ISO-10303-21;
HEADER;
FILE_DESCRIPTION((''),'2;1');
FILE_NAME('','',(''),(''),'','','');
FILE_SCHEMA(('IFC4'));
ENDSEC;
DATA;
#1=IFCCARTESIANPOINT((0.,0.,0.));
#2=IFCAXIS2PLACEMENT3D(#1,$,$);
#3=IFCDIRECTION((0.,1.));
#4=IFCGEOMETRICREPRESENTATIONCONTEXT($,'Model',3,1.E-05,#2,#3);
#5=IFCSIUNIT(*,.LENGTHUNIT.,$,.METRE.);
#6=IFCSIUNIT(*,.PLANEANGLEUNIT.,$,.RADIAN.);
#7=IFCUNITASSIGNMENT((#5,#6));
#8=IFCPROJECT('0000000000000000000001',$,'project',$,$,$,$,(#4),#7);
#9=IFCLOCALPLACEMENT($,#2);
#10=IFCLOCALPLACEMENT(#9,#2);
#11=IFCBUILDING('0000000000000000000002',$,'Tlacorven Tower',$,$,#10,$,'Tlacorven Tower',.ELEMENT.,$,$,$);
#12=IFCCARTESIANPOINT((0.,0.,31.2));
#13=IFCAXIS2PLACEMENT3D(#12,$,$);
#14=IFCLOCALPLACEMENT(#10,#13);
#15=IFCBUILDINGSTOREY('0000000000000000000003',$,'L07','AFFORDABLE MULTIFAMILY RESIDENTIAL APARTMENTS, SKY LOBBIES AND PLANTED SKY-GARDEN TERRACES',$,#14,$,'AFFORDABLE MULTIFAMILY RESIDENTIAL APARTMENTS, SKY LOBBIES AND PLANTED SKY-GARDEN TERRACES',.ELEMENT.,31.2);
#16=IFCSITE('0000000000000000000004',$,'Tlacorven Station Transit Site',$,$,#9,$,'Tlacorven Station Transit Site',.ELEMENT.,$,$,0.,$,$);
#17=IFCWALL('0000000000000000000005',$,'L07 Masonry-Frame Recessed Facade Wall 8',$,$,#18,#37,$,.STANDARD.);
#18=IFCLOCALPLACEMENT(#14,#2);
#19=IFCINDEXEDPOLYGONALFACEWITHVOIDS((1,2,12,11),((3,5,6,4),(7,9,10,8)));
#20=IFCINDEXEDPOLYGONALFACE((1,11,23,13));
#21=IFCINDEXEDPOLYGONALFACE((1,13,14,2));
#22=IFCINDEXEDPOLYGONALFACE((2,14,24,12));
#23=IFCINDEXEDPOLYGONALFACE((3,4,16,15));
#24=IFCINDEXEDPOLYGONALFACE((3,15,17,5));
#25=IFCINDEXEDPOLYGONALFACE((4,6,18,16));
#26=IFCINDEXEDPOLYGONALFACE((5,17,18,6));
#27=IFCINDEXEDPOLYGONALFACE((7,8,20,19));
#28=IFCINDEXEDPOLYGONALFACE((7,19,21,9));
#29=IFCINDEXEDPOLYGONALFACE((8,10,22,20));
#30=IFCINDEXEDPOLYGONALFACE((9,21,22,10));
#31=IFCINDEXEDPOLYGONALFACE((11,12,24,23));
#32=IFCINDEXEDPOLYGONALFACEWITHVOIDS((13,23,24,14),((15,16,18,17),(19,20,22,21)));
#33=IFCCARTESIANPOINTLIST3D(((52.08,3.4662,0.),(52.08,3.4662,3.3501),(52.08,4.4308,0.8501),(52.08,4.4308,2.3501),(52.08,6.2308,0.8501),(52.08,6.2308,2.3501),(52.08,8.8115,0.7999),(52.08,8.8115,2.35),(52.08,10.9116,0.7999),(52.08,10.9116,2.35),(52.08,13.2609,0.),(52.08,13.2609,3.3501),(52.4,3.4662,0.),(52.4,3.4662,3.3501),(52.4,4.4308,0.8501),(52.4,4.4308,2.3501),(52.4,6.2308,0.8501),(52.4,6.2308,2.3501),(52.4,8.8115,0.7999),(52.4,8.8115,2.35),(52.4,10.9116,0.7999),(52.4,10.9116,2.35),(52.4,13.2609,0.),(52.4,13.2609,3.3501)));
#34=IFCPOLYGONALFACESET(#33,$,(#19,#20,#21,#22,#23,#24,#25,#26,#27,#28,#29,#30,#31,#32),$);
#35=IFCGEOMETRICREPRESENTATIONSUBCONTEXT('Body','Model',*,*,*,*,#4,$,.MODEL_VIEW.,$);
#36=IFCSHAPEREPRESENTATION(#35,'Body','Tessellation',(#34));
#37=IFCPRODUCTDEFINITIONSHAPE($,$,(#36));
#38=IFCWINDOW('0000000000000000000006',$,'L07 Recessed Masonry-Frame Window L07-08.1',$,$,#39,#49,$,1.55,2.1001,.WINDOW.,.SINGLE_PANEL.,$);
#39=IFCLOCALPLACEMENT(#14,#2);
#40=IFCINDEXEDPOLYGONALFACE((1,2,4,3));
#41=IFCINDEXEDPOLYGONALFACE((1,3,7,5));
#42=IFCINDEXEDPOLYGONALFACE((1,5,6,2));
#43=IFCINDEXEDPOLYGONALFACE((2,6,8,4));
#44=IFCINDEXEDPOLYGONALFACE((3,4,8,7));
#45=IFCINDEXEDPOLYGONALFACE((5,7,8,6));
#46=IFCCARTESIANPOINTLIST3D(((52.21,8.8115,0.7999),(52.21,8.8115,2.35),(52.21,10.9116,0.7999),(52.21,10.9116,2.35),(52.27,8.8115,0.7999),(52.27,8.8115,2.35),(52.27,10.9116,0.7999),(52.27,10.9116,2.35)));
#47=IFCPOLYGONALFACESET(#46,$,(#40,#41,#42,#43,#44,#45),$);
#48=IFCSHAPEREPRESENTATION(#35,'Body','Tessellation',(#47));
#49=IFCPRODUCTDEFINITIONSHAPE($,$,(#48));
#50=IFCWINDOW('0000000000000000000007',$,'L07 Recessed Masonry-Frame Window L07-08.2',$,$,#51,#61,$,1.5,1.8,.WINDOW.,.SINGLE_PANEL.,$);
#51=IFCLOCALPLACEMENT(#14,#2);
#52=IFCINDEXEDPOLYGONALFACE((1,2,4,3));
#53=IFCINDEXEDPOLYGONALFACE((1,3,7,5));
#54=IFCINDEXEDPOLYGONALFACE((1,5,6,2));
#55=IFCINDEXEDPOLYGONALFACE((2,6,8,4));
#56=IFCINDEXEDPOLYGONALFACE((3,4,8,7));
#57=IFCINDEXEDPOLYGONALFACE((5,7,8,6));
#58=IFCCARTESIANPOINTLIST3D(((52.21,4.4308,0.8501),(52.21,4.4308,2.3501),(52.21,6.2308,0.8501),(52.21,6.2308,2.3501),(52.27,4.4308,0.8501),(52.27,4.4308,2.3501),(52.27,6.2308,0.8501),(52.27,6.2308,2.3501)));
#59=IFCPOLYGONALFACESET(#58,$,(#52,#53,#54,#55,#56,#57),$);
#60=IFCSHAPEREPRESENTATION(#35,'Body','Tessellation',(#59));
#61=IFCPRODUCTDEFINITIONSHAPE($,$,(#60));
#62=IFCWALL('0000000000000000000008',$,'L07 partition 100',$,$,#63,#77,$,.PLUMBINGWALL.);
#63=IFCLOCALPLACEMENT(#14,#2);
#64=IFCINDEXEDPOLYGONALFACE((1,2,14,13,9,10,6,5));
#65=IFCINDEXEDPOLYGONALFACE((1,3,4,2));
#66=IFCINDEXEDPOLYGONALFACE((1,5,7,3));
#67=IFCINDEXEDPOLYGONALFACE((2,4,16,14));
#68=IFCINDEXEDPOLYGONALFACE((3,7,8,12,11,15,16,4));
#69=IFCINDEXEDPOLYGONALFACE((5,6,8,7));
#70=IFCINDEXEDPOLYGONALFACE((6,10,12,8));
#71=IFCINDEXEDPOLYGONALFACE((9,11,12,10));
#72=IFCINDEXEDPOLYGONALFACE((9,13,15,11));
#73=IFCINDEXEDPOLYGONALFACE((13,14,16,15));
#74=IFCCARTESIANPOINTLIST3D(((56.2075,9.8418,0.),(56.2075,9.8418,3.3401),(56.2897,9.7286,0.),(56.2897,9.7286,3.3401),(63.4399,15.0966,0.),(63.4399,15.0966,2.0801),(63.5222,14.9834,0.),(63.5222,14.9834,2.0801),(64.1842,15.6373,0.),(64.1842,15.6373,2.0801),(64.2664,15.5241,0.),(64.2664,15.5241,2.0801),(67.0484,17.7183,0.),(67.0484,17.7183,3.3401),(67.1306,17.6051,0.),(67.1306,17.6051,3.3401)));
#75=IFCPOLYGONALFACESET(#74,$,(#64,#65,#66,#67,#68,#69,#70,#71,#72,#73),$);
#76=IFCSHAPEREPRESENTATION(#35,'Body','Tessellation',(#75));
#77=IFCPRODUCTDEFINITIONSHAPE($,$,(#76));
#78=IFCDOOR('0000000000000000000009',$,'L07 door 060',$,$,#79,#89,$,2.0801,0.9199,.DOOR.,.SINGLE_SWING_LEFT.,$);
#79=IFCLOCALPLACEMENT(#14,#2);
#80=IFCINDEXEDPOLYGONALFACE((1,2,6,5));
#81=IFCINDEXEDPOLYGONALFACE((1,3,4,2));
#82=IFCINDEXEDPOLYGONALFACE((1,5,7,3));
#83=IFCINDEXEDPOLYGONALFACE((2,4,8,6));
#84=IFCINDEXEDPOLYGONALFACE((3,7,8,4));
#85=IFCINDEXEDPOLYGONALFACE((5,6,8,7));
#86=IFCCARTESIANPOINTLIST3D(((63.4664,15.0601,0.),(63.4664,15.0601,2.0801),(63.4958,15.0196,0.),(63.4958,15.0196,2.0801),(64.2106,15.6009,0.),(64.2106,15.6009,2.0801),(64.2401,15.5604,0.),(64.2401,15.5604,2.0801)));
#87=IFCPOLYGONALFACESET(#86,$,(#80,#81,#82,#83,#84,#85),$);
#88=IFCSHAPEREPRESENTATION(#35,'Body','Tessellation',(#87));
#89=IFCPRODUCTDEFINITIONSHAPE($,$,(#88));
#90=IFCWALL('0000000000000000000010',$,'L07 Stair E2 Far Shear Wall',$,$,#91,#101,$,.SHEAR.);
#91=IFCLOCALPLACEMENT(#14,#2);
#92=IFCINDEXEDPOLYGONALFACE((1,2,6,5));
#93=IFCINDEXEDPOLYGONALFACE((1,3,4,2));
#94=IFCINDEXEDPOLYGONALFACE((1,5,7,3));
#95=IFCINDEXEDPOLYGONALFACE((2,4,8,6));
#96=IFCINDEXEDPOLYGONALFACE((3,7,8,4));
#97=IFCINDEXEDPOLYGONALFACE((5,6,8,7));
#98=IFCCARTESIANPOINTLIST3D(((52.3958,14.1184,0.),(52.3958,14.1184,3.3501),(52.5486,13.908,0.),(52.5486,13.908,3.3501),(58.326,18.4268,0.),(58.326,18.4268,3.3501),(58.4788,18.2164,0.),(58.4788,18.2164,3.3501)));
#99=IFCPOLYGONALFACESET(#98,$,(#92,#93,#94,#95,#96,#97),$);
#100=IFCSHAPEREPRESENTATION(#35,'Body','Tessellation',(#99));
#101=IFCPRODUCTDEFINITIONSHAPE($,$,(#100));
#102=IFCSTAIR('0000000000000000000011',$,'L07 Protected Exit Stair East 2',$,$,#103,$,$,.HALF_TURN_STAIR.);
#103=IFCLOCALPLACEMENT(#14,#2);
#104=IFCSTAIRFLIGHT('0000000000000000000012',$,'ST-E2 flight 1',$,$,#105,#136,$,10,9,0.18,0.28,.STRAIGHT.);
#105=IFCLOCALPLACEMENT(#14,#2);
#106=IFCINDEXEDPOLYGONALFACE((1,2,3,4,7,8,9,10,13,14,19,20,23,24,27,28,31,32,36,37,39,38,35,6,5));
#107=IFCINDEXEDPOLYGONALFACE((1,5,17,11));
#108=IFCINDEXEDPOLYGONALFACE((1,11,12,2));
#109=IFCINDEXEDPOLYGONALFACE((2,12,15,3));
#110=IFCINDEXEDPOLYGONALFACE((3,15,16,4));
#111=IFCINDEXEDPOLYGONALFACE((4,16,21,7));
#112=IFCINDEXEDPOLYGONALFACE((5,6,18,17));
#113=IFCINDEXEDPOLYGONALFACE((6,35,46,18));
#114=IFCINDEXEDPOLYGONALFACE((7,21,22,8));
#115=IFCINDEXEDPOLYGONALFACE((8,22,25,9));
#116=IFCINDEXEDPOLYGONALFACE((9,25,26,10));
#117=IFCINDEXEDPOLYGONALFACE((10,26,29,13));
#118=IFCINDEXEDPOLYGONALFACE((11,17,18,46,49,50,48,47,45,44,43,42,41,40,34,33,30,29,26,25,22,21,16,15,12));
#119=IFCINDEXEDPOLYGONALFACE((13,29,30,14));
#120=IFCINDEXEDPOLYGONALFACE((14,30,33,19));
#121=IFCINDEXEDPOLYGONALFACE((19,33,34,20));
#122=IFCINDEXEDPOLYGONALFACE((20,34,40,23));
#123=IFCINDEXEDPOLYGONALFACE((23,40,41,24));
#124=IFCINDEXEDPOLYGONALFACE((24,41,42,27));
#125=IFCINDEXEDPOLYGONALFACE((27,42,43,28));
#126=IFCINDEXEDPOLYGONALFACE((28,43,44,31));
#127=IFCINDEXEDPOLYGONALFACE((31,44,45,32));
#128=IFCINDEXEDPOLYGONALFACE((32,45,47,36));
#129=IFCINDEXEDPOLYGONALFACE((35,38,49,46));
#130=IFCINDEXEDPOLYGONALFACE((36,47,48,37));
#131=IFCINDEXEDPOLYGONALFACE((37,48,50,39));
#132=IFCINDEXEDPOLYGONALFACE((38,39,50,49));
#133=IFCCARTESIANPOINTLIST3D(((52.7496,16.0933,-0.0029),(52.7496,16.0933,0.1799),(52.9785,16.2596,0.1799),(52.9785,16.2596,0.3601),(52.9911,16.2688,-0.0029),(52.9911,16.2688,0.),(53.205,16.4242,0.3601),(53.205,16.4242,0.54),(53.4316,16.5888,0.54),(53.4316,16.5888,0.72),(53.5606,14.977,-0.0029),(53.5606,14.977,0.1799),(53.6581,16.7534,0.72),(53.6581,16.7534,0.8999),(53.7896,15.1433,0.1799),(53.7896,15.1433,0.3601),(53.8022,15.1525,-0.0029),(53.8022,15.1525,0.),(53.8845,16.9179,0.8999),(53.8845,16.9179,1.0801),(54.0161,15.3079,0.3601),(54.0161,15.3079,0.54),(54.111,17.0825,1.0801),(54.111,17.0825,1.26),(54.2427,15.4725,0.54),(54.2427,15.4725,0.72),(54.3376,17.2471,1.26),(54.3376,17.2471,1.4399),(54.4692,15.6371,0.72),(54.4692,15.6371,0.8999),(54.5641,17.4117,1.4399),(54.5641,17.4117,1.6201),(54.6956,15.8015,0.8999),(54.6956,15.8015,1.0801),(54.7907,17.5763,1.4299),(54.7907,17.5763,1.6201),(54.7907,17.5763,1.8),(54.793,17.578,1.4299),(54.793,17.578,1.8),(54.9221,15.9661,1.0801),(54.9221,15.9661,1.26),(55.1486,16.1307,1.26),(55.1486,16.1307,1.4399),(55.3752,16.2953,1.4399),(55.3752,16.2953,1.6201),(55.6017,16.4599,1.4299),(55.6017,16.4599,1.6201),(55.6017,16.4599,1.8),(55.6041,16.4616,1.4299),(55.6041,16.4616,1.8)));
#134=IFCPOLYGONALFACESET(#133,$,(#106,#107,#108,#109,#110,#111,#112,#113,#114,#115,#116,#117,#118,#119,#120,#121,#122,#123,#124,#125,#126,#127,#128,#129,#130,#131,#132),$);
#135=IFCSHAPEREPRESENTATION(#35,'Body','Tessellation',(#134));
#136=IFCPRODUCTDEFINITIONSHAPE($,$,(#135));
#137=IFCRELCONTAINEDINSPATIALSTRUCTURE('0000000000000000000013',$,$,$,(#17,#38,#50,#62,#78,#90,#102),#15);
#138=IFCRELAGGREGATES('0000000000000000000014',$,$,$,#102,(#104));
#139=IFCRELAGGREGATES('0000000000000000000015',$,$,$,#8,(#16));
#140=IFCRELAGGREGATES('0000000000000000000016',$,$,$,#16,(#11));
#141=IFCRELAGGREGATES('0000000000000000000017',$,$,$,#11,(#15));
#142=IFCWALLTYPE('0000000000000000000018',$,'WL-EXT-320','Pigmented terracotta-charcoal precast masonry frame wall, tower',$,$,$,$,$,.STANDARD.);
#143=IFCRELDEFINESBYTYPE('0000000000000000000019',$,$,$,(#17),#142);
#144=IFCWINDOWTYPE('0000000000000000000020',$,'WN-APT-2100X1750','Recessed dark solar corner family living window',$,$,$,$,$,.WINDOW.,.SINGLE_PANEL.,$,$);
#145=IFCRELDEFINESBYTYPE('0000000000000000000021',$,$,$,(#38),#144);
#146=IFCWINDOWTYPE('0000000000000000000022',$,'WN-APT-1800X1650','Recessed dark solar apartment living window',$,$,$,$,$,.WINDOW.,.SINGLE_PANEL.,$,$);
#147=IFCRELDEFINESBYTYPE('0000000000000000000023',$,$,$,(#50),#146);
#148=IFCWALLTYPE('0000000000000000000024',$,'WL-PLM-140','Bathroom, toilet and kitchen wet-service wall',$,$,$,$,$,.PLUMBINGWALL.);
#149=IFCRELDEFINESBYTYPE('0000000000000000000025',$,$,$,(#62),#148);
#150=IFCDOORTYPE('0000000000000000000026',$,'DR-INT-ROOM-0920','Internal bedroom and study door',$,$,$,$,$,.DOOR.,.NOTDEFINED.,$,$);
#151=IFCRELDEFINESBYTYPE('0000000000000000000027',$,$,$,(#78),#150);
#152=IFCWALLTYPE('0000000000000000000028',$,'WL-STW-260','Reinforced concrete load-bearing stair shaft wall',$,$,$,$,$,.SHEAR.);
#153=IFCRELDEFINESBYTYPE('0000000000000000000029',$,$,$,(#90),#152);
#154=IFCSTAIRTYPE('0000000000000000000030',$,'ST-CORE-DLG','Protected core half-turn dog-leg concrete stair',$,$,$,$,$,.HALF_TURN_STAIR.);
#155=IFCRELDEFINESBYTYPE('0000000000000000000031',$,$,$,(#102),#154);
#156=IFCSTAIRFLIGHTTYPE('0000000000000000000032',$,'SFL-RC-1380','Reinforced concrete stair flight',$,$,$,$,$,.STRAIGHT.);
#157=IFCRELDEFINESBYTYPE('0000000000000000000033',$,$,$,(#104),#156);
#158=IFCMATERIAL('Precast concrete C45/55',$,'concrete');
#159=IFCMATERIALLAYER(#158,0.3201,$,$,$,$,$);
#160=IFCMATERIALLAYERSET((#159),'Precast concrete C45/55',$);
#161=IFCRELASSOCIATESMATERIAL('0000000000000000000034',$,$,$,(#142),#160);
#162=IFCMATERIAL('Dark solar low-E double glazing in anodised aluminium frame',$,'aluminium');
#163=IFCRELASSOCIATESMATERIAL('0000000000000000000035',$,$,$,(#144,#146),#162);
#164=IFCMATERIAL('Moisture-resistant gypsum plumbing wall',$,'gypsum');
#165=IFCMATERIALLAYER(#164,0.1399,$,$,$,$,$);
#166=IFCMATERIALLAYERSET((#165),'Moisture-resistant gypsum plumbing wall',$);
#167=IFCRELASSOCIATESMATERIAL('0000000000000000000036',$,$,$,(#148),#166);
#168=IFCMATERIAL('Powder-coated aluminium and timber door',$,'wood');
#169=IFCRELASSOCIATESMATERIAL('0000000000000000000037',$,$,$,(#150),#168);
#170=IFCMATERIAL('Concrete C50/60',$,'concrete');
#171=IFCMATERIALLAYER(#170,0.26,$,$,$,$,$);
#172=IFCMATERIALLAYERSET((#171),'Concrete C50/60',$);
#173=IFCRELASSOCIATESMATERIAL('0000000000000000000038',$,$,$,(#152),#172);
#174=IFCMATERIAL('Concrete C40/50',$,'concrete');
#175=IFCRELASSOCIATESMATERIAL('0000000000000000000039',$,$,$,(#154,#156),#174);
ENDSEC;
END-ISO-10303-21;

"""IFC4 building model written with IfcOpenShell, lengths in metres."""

from ifc_helpers import new_model, si_unit, direction, frame, frame_2d, origin, place, context, subcontext, project, spatial, polyline, rectangle, outline, extrude, source, transform, mapped, material, layer, layer_set, type_object, element, fill, aggregate, save


model = new_model("IFC4")

# Units and contexts
model_context = context("Model", 3, precision=1e-05, world=origin(), true_north=direction((0.0, 1.0)))
body_context = subcontext(model_context, "Body", "Model", "MODEL_VIEW")
ifc_project = project(units=[si_unit("LENGTHUNIT", "METRE"), si_unit("PLANEANGLEUNIT", "RADIAN")], contexts=[model_context])

# Site, building, storey
site_placement = place(None, origin())
site = spatial("IfcSite", under=ifc_project, at=site_placement, Name="Tlacorven Station Transit Site", LongName="Tlacorven Station Transit Site", CompositionType="ELEMENT", RefElevation=0.0)
building_placement = place(site_placement, origin())
building = spatial("IfcBuilding", under=site, at=building_placement, Name="Tlacorven Tower", LongName="Tlacorven Tower", CompositionType="ELEMENT")
storey_placement = place(building_placement, frame((0.0, 0.0, 31.2)))
storey = spatial("IfcBuildingStorey", under=building, at=storey_placement, Name="L07", Description="AFFORDABLE MULTIFAMILY RESIDENTIAL APARTMENTS, SKY LOBBIES AND PLANTED SKY-GARDEN TERRACES", LongName="AFFORDABLE MULTIFAMILY RESIDENTIAL APARTMENTS, SKY LOBBIES AND PLANTED SKY-GARDEN TERRACES", CompositionType="ELEMENT", Elevation=31.2)

# Wall, openings, windows
ifc_material_1 = material(Name="Precast concrete C45/55", Category="concrete")
ifc_layer_1 = layer(ifc_material_1, 0.3201)
ifc_layer_set_1 = layer_set([ifc_layer_1], Name="Precast concrete C45/55")
wall_type_1 = type_object("IfcWallType", Name="WL-EXT-320", Description="Pigmented terracotta-charcoal precast masonry frame wall, tower", PredefinedType="STANDARD", material=ifc_layer_set_1)
wall_1_placement = place(storey_placement, frame((52.24, 13.261, 0.0), z_axis=(0.0, 0.0, 1.0), x_axis=(0.0, -1.0, 0.0)))
wall_1 = element("IfcWall", 1, at=wall_1_placement, inside=storey, type_object=wall_type_1, Name="L07 Masonry-Frame Recessed Facade Wall 8", PredefinedType="STANDARD", context=body_context, shape_type="SweptSolid", body=[
    extrude(rectangle(XDim=9.7947, YDim=0.3201, at=frame_2d((4.8975, 0.0))), origin(), (0.0, 0.0, 1.0), 3.3501),
])
opening_1_placement = place(wall_1_placement, frame((2.3494, 0.0, 0.8)))
opening_1 = element("IfcOpeningElement", 2, at=opening_1_placement, cuts=wall_1, PredefinedType="OPENING", context=body_context, shape_type="SweptSolid", body=[
    extrude(rectangle(XDim=2.1001, YDim=1.55, at=frame_2d((1.05, 0.7749))), frame((0.0, 0.1699, 0.0), z_axis=(0.0, -1.0, 0.0), x_axis=(1.0, 0.0, 0.0)), (0.0, 0.0, 1.0), 0.3401),
])
opening_2_placement = place(wall_1_placement, frame((7.0303, 0.0, 0.8501)))
opening_2 = element("IfcOpeningElement", 3, at=opening_2_placement, cuts=wall_1, PredefinedType="OPENING", context=body_context, shape_type="SweptSolid", body=[
    extrude(rectangle(XDim=1.8, YDim=1.5, at=frame_2d((0.8999, 0.75))), frame((0.0, 0.1699, 0.0), z_axis=(0.0, -1.0, 0.0), x_axis=(1.0, 0.0, 0.0)), (0.0, 0.0, 1.0), 0.3401),
])
ifc_material_2 = material(Name="Dark solar low-E double glazing in anodised aluminium frame", Category="aluminium")
window_type_1 = type_object("IfcWindowType", Name="WN-APT-2100X1750", Description="Recessed dark solar corner family living window", PartitioningType="SINGLE_PANEL", PredefinedType="WINDOW", material=ifc_material_2)
shared_shape_1 = source(origin(), body_context, "Body", "SweptSolid", [
    extrude(rectangle(XDim=2.1001, YDim=1.55, at=frame_2d((1.05, 0.7749))), frame((0.0, 0.03, 0.0), z_axis=(0.0, -1.0, 0.0), x_axis=(1.0, 0.0, 0.0)), (0.0, 0.0, 1.0), 0.0601),
])
window_1_placement = place(opening_1_placement, origin())
window_1 = element("IfcWindow", 4, at=window_1_placement, inside=storey, type_object=window_type_1, Name="L07 Recessed Masonry-Frame Window L07-08.1", OverallHeight=1.55, OverallWidth=2.1001, PartitioningType="SINGLE_PANEL", PredefinedType="WINDOW", context=body_context, shape_type="MappedRepresentation", body=[
    mapped(shared_shape_1, transform((0.0, 0.0, 0.0), scale=1.0)),
])
fill(opening_1, window_1)
window_type_2 = type_object("IfcWindowType", Name="WN-APT-1800X1650", Description="Recessed dark solar apartment living window", PartitioningType="SINGLE_PANEL", PredefinedType="WINDOW", material=ifc_material_2)
shared_shape_2 = source(origin(), body_context, "Body", "SweptSolid", [
    extrude(rectangle(XDim=1.8, YDim=1.5, at=frame_2d((0.8999, 0.75))), frame((0.0, 0.03, 0.0), z_axis=(0.0, -1.0, 0.0), x_axis=(1.0, 0.0, 0.0)), (0.0, 0.0, 1.0), 0.0601),
])
window_2_placement = place(opening_2_placement, origin())
window_2 = element("IfcWindow", 5, at=window_2_placement, inside=storey, type_object=window_type_2, Name="L07 Recessed Masonry-Frame Window L07-08.2", OverallHeight=1.5, OverallWidth=1.8, PartitioningType="SINGLE_PANEL", PredefinedType="WINDOW", context=body_context, shape_type="MappedRepresentation", body=[
    mapped(shared_shape_2, transform((0.0, 0.0, 0.0), scale=1.0)),
])
fill(opening_2, window_2)

# Wall, opening, door
ifc_material_3 = material(Name="Moisture-resistant gypsum plumbing wall", Category="gypsum")
ifc_layer_2 = layer(ifc_material_3, 0.1399)
ifc_layer_set_2 = layer_set([ifc_layer_2], Name="Moisture-resistant gypsum plumbing wall")
wall_type_2 = type_object("IfcWallType", Name="WL-PLM-140", Description="Bathroom, toilet and kitchen wet-service wall", PredefinedType="PLUMBINGWALL", material=ifc_layer_set_2)
wall_2_placement = place(storey_placement, frame((56.2485, 9.7852, 0.0), z_axis=(0.0, 0.0, 1.0), x_axis=(0.809012, 0.587792, 0.0)))
wall_2 = element("IfcWall", 6, at=wall_2_placement, inside=storey, type_object=wall_type_2, Name="L07 partition 100", PredefinedType="PLUMBINGWALL", context=body_context, shape_type="SweptSolid", body=[
    extrude(rectangle(XDim=13.4001, YDim=0.1399, at=frame_2d((6.7002, 0.0))), origin(), (0.0, 0.0, 1.0), 3.3401),
])
opening_3_placement = place(wall_2_placement, frame((8.9399, 0.0, 0.0)))
opening_3 = element("IfcOpeningElement", 7, at=opening_3_placement, cuts=wall_2, PredefinedType="OPENING", context=body_context, shape_type="SweptSolid", body=[
    extrude(rectangle(XDim=0.9199, YDim=2.0801, at=frame_2d((0.46, 1.04))), frame((0.0, 0.0801, 0.0), z_axis=(0.0, -1.0, 0.0), x_axis=(1.0, 0.0, 0.0)), (0.0, 0.0, 1.0), 0.1599),
])
ifc_material_4 = material(Name="Powder-coated aluminium and timber door", Category="wood")
door_type_1 = type_object("IfcDoorType", Name="DR-INT-ROOM-0920", Description="Internal bedroom and study door", OperationType="NOTDEFINED", PredefinedType="DOOR", material=ifc_material_4)
shared_shape_3 = source(origin(), body_context, "Body", "SweptSolid", [
    extrude(rectangle(XDim=0.9199, YDim=2.0801, at=frame_2d((0.46, 1.04))), frame((0.0, 0.0249, 0.0), z_axis=(0.0, -1.0, 0.0), x_axis=(1.0, 0.0, 0.0)), (0.0, 0.0, 1.0), 0.05),
])
door_1_placement = place(opening_3_placement, origin())
door_1 = element("IfcDoor", 8, at=door_1_placement, inside=storey, type_object=door_type_1, Name="L07 door 060", OperationType="SINGLE_SWING_LEFT", OverallHeight=2.0801, OverallWidth=0.9199, PredefinedType="DOOR", context=body_context, shape_type="MappedRepresentation", body=[
    mapped(shared_shape_3, transform((0.0, 0.0, 0.0), scale=1.0)),
])
fill(opening_3, door_1)

# Wall
ifc_material_5 = material(Name="Concrete C50/60", Category="concrete")
ifc_layer_3 = layer(ifc_material_5, 0.26)
ifc_layer_set_3 = layer_set([ifc_layer_3], Name="Concrete C50/60")
wall_type_3 = type_object("IfcWallType", Name="WL-STW-260", Description="Reinforced concrete load-bearing stair shaft wall", PredefinedType="SHEAR", material=ifc_layer_set_3)
wall_3_placement = place(storey_placement, frame((52.4722, 14.0132, 0.0), z_axis=(0.0, 0.0, 1.0), x_axis=(0.809028, 0.58777, 0.0)))
element("IfcWall", 9, at=wall_3_placement, inside=storey, type_object=wall_type_3, Name="L07 Stair E2 Far Shear Wall", PredefinedType="SHEAR", context=body_context, shape_type="SweptSolid", body=[
    extrude(rectangle(XDim=7.3301, YDim=0.26, at=frame_2d((3.665, 0.0))), origin(), (0.0, 0.0, 1.0), 3.3501),
])

# Stair, stair flight
ifc_material_6 = material(Name="Concrete C40/50", Category="concrete")
stair_type = type_object("IfcStairType", Name="ST-CORE-DLG", Description="Protected core half-turn dog-leg concrete stair", PredefinedType="HALF_TURN_STAIR", material=ifc_material_6)
stair_placement = place(storey_placement, origin())
stair = element("IfcStair", 10, at=stair_placement, inside=storey, type_object=stair_type, Name="L07 Protected Exit Stair East 2", PredefinedType="HALF_TURN_STAIR")
stair_flight_type = type_object("IfcStairFlightType", Name="SFL-RC-1380", Description="Reinforced concrete stair flight", PredefinedType="STRAIGHT", material=ifc_material_6)
shared_shape_4 = source(origin(), body_context, "Body", "SweptSolid", [
    extrude(outline(polyline([(-0.0029, -0.0029), (-0.0029, 0.1799), (0.28, 0.1799), (0.28, 0.3601), (0.5601, 0.3601), (0.5601, 0.54), (0.8401, 0.54), (0.8401, 0.72), (1.1201, 0.72), (1.1201, 0.8999), (1.3999, 0.8999), (1.3999, 1.0801), (1.6799, 1.0801), (1.6799, 1.26), (1.96, 1.26), (1.96, 1.4399), (2.24, 1.4399), (2.24, 1.6201), (2.52, 1.6201), (2.52, 1.8), (2.5229, 1.8), (2.5229, 1.4299), (2.52, 1.4299), (0.2957, 0.0), (0.2957, -0.0029), (-0.0029, -0.0029)])), frame((0.0, 0.6899, 0.0), z_axis=(0.0, -1.0, 0.0), x_axis=(1.0, 0.0, 0.0)), (0.0, 0.0, 1.0), 1.3799),
])
stair_flight_1_placement = place(storey_placement, frame((53.1575, 15.5369, 0.0), z_axis=(0.0, 0.0, 1.0), x_axis=(0.809017, 0.587785, 0.0)))
stair_flight_1 = element("IfcStairFlight", 11, at=stair_flight_1_placement, type_object=stair_flight_type, Name="ST-E2 flight 1", NumberOfRisers=10, NumberOfTreads=9, PredefinedType="STRAIGHT", RiserHeight=0.18, TreadLength=0.28, context=body_context, shape_type="MappedRepresentation", body=[
    mapped(shared_shape_4, transform((0.0, 0.0, 0.0), scale=1.0)),
])
aggregate(stair, [stair_flight_1])

save(model, "model.ifc")
